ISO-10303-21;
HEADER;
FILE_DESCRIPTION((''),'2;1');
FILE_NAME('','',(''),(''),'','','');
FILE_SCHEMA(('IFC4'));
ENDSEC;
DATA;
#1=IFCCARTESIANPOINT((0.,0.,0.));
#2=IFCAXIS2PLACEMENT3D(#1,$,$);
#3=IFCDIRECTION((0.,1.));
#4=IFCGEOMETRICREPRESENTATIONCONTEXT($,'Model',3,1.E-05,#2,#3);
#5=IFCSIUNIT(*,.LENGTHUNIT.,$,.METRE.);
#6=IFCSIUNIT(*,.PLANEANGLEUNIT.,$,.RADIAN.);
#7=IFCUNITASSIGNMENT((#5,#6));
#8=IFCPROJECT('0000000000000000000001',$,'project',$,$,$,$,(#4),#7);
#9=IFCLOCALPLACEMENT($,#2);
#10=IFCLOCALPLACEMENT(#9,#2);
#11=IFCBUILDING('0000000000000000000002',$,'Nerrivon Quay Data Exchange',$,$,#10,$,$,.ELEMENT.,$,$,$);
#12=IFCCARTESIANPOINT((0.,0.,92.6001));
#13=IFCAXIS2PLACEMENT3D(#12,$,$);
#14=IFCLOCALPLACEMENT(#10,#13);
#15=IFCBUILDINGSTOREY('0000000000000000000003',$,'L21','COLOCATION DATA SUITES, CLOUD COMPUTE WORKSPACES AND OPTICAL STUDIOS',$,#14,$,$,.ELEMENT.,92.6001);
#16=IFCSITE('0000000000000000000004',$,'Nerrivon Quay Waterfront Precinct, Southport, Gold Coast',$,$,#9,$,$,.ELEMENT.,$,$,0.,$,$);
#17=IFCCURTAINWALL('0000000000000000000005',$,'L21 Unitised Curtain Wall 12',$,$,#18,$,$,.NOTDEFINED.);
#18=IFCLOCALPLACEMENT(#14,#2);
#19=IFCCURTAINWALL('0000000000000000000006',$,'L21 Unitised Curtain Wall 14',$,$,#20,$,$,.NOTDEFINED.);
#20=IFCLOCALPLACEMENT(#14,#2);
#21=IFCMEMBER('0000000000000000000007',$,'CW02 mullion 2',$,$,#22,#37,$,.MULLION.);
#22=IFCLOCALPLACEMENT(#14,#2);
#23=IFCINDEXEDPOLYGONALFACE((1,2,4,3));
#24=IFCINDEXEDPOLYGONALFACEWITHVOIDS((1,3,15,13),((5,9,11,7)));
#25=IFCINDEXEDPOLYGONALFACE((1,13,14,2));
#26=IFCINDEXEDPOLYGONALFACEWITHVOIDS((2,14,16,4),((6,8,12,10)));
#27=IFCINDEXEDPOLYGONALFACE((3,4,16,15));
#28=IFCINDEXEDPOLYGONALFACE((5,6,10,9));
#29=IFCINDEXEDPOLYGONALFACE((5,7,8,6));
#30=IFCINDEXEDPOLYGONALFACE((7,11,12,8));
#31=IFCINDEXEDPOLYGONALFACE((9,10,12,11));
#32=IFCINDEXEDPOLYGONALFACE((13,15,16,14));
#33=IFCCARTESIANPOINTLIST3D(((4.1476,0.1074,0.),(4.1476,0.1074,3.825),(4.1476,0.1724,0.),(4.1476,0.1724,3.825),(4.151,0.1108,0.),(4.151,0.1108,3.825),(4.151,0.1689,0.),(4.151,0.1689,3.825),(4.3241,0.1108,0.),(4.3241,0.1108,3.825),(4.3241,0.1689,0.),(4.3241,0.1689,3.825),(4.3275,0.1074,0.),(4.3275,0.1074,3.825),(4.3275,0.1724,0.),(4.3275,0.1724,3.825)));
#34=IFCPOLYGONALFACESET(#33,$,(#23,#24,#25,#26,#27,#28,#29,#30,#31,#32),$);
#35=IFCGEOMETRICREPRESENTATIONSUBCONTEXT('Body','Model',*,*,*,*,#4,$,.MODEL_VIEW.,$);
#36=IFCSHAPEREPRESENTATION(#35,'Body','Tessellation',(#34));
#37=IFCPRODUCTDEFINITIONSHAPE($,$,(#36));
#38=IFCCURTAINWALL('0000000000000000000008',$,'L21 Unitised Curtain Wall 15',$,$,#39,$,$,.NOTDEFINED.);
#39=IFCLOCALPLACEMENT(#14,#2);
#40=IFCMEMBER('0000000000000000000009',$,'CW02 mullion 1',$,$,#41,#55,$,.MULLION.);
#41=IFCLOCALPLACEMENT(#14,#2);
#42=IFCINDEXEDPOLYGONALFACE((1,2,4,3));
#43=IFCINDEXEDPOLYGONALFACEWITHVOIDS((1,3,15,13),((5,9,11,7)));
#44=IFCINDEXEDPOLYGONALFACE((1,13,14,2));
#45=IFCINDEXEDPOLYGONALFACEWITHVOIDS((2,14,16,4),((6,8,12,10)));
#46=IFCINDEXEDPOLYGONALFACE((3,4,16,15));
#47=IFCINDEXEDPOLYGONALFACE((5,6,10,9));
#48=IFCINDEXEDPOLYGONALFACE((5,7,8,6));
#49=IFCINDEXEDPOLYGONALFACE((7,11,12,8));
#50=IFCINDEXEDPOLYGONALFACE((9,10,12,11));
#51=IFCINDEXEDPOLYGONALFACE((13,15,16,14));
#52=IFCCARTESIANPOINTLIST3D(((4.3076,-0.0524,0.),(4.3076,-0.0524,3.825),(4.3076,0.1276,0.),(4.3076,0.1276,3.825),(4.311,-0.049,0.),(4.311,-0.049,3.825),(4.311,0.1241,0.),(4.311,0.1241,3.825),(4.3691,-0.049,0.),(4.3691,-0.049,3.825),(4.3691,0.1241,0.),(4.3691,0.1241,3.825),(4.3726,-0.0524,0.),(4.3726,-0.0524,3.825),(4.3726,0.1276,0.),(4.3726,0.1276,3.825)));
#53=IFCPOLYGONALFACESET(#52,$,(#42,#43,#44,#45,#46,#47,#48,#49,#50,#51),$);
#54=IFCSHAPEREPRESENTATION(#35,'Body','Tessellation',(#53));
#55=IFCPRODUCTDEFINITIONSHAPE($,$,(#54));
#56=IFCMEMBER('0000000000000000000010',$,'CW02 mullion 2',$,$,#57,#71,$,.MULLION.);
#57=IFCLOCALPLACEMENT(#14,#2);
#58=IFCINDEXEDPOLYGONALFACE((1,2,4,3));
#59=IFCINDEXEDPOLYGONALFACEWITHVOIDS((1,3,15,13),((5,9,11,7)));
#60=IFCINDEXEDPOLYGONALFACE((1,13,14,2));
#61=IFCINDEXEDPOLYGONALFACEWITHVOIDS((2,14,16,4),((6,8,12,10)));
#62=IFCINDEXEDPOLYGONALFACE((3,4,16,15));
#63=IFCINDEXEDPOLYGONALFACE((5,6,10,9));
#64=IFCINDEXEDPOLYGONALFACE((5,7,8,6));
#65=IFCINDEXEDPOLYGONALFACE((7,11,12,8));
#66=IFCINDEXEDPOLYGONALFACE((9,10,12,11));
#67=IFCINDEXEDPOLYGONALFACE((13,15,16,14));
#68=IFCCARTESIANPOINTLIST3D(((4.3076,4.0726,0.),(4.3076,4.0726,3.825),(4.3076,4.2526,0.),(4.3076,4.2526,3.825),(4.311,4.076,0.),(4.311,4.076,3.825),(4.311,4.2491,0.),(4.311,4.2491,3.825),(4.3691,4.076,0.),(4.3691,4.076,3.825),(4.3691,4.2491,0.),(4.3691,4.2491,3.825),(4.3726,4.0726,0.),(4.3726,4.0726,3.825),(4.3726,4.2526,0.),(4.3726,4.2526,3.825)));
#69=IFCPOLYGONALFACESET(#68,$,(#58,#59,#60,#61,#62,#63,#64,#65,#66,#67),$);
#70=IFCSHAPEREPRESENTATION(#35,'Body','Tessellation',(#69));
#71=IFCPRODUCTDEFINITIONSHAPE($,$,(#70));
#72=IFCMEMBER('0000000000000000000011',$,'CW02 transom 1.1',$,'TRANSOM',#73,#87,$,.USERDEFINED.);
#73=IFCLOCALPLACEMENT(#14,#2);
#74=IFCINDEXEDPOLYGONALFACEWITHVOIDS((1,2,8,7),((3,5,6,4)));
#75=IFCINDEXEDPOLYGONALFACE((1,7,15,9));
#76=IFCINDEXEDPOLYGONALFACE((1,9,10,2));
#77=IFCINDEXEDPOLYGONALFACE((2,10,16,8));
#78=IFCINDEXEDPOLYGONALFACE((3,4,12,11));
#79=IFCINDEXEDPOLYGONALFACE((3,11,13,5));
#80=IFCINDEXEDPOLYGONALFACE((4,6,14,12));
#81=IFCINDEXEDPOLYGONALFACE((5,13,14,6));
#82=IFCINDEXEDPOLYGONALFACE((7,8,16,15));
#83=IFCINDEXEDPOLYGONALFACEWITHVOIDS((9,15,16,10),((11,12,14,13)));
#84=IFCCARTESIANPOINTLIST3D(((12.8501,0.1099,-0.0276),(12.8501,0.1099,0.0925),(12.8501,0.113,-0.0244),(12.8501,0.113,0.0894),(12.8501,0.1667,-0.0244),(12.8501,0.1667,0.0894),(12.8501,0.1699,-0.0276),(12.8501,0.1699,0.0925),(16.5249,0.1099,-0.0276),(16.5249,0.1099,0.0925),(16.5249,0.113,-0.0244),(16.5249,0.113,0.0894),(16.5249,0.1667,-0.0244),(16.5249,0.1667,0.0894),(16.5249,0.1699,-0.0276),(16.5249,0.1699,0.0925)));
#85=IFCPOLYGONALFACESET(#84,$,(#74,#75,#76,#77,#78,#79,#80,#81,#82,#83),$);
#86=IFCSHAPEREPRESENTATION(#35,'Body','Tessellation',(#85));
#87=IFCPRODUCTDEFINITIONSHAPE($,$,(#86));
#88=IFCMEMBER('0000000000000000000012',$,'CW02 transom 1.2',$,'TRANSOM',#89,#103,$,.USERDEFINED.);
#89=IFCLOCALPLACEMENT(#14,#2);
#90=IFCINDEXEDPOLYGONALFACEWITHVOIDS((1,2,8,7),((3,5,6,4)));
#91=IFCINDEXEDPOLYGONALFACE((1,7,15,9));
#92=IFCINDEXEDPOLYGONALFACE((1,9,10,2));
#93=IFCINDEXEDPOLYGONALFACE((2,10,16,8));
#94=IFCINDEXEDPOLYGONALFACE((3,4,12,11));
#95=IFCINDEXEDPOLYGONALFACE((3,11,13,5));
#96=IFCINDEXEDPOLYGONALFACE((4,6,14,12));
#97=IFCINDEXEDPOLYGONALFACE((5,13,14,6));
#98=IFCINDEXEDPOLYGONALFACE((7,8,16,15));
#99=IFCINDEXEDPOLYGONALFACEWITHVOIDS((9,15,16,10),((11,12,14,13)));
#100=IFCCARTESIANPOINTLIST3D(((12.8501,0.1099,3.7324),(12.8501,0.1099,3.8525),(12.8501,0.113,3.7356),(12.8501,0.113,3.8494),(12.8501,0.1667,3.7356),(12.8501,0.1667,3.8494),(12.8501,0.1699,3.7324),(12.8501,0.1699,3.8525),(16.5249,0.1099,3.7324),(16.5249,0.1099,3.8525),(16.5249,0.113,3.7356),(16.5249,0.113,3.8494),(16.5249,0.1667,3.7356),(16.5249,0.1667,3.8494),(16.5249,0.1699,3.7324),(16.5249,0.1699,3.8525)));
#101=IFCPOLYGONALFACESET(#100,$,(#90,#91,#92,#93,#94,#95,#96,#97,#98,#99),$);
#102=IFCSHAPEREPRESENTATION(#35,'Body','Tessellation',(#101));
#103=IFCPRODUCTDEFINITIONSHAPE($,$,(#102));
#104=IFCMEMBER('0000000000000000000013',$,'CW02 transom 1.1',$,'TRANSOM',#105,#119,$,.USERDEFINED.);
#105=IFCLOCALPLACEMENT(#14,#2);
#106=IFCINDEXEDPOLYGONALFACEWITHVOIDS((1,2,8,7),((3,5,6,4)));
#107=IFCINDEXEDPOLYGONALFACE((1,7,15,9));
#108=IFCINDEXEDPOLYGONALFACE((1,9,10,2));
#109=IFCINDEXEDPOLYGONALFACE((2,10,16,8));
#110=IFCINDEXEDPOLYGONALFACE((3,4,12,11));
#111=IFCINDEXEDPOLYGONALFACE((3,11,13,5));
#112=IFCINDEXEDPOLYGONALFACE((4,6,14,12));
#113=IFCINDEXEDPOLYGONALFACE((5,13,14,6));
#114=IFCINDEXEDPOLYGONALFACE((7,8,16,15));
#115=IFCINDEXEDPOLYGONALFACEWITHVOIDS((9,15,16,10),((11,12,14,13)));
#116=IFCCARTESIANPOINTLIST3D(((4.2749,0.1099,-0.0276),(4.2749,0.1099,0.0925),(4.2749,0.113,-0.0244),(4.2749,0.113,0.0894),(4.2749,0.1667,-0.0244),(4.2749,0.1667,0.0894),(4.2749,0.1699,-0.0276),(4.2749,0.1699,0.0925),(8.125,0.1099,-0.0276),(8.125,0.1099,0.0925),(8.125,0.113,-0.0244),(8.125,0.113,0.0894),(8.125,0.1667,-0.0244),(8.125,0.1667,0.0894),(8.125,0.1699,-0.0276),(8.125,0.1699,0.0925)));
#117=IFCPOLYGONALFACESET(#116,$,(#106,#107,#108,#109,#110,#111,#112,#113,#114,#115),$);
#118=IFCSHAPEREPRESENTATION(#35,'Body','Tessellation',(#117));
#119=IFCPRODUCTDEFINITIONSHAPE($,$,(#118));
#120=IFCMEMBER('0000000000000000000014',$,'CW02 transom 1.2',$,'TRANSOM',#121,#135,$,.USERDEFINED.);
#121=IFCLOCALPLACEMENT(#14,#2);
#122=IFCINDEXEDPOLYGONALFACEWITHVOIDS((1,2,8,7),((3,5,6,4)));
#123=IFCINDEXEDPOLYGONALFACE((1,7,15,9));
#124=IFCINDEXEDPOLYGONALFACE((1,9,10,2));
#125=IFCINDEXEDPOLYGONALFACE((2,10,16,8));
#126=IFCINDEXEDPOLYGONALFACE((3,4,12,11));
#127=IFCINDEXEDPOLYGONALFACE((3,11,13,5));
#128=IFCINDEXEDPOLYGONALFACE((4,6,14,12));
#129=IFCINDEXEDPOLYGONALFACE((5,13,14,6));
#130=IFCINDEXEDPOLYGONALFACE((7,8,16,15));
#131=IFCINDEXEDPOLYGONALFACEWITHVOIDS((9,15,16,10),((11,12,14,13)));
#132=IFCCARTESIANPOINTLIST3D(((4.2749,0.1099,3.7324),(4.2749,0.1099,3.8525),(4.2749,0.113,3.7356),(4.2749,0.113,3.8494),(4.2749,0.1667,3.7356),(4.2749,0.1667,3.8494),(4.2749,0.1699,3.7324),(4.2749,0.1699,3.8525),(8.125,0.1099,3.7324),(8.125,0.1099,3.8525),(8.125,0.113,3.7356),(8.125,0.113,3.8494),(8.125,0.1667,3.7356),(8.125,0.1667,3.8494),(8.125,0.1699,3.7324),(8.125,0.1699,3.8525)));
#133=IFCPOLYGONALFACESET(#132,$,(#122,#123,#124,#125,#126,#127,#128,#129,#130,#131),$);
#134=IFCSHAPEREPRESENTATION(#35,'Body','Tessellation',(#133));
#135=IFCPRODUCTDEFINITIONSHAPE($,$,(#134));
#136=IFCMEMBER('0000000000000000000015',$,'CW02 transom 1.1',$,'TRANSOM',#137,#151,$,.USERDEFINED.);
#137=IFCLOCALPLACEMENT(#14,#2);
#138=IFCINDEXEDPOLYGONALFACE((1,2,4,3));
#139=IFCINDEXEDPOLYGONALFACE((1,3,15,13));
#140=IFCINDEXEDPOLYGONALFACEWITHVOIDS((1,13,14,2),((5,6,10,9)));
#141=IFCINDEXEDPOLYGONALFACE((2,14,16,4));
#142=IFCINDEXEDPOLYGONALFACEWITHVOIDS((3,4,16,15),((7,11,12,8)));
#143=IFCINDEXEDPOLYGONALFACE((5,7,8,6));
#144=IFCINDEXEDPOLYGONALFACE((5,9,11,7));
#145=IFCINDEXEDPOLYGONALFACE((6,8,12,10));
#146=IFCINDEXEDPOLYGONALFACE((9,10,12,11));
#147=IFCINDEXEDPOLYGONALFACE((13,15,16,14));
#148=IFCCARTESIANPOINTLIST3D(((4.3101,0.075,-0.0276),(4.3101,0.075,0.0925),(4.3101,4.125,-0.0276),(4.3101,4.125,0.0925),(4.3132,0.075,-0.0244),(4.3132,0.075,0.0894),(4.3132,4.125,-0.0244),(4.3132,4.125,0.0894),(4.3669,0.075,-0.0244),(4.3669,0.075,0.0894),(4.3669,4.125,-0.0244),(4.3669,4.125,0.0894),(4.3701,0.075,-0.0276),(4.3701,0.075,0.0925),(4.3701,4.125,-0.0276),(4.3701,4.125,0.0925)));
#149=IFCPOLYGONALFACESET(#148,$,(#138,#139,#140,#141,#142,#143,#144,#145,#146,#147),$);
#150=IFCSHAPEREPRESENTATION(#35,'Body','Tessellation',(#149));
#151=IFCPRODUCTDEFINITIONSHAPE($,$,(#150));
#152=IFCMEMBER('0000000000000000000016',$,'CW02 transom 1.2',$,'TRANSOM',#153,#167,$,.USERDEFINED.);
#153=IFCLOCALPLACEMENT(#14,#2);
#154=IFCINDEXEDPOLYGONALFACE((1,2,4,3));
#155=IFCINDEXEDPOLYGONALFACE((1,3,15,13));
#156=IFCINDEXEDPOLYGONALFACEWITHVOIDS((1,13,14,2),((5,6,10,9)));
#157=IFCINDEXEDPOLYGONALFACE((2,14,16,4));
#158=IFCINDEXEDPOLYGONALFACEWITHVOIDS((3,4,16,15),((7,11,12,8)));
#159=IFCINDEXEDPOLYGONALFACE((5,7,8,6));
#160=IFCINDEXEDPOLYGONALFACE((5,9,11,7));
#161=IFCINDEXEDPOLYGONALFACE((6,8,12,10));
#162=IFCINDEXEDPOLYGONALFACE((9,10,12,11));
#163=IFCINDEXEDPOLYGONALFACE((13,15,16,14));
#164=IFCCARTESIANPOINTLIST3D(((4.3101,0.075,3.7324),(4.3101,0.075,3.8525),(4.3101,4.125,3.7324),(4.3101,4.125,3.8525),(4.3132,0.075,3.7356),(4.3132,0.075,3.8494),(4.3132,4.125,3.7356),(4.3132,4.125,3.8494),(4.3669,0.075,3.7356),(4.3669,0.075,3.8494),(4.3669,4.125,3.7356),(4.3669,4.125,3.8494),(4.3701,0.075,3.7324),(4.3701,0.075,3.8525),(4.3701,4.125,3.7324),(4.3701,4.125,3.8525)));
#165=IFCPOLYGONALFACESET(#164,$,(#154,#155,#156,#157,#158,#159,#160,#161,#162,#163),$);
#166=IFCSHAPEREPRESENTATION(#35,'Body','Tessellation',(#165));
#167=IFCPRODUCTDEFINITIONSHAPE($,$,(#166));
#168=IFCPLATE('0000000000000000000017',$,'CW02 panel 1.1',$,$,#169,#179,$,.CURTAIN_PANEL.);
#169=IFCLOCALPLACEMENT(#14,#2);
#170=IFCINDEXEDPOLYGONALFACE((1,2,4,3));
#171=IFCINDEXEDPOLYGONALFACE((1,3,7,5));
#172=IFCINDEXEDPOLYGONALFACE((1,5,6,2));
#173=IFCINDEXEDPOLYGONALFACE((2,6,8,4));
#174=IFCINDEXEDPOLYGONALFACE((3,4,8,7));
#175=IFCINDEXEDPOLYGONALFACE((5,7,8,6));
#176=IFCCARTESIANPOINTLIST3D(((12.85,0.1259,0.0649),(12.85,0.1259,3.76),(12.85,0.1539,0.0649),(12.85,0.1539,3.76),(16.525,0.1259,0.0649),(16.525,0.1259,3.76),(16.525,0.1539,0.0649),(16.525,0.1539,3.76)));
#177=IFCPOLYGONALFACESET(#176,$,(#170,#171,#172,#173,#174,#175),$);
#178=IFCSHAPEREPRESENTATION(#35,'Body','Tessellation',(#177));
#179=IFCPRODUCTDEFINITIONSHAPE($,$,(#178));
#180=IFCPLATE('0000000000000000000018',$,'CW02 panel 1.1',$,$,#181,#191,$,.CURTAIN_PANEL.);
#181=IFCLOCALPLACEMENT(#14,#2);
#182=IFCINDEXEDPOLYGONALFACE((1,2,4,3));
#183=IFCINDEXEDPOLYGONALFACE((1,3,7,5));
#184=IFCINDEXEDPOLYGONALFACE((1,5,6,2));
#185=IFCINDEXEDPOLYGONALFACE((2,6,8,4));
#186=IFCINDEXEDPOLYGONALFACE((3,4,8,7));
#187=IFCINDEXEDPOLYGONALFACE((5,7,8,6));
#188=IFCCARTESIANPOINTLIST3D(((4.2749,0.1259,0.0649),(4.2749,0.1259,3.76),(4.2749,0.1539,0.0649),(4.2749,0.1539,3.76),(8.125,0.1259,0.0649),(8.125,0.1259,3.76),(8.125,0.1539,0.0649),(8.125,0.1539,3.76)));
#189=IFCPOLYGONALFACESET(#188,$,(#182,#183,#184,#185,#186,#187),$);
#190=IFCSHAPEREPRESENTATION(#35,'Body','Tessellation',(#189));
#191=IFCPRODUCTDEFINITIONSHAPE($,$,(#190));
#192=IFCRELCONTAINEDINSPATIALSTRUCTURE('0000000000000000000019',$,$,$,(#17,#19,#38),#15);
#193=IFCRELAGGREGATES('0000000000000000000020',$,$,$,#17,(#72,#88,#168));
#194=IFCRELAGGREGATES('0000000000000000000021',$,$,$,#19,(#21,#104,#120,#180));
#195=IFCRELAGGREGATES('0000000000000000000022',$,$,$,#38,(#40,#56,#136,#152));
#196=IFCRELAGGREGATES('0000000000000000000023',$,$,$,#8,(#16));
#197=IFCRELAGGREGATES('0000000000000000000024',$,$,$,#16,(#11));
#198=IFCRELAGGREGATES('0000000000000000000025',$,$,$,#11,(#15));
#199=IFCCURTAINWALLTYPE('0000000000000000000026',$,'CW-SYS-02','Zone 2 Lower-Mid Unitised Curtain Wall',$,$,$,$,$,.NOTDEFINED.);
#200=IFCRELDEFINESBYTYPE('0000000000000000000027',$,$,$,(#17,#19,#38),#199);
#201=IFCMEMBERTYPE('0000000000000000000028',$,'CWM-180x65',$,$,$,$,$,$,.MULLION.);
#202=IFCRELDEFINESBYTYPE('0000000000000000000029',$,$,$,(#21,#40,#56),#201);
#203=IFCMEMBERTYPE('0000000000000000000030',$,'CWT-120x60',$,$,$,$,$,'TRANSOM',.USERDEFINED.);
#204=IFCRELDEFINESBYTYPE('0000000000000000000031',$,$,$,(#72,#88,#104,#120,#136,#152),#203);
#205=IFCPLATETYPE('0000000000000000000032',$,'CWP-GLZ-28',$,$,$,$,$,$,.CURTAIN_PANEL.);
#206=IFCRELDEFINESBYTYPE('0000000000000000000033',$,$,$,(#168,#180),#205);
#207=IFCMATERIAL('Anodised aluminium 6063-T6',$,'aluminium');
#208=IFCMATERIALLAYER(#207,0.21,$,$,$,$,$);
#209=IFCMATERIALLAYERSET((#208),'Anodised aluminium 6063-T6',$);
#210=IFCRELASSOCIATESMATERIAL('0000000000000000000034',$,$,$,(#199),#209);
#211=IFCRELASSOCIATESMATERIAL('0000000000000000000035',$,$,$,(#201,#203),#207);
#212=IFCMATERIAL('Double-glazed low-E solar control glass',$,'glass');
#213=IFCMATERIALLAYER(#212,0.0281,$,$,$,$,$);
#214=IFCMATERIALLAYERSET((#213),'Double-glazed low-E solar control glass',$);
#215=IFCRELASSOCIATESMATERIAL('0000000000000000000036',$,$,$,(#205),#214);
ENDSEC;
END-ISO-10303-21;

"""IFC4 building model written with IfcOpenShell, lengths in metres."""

from ifc_helpers import new_model, si_unit, direction, frame, origin, origin_2d, place, context, subcontext, project, spatial, rectangle, hollow_rectangle, extrude, material, layer, layer_set, material_profile, profile_set, type_object, element, aggregate, save


model = new_model("IFC4")

# Units and contexts
model_context = context("Model", 3, precision=1e-05, world=origin(), true_north=direction((0.0, 1.0)))
body_context = subcontext(model_context, "Body", "Model", "MODEL_VIEW")
ifc_project = project(units=[si_unit("LENGTHUNIT", "METRE"), si_unit("PLANEANGLEUNIT", "RADIAN")], contexts=[model_context])

# Site, building, storey
site_placement = place(None, origin())
site = spatial("IfcSite", under=ifc_project, at=site_placement, Name="Nerrivon Quay Waterfront Precinct, Southport, Gold Coast", CompositionType="ELEMENT", RefElevation=0.0)
building_placement = place(site_placement, origin())
building = spatial("IfcBuilding", under=site, at=building_placement, Name="Nerrivon Quay Data Exchange", CompositionType="ELEMENT")
storey_placement = place(building_placement, frame((0.0, 0.0, 92.6001)))
storey = spatial("IfcBuildingStorey", under=building, at=storey_placement, Name="L21", Description="COLOCATION DATA SUITES, CLOUD COMPUTE WORKSPACES AND OPTICAL STUDIOS", CompositionType="ELEMENT", Elevation=92.6001)

# Curtain walls, members
ifc_material_1 = material(Name="Anodised aluminium 6063-T6", Category="aluminium")
ifc_layer_1 = layer(ifc_material_1, 0.21)
ifc_layer_set_1 = layer_set([ifc_layer_1], Name="Anodised aluminium 6063-T6")
curtain_wall_type = type_object("IfcCurtainWallType", Name="CW-SYS-02", Description="Zone 2 Lower-Mid Unitised Curtain Wall", PredefinedType="NOTDEFINED", material=ifc_layer_set_1)
curtain_wall_1_placement = place(storey_placement, origin())
curtain_wall_1 = element("IfcCurtainWall", 1, at=curtain_wall_1_placement, inside=storey, type_object=curtain_wall_type, Name="L21 Unitised Curtain Wall 12", PredefinedType="NOTDEFINED")
ifc_material_profile_1 = material_profile(ifc_material_1, hollow_rectangle(XDim=0.0649, YDim=0.1799, WallThickness=0.0034, at=origin_2d()), Name="ALU-MULL-180x65")
ifc_profile_set_1 = profile_set([ifc_material_profile_1], Name="Anodised aluminium 6063-T6")
member_type_1 = type_object("IfcMemberType", Name="CWM-180x65", PredefinedType="MULLION", material=ifc_profile_set_1)
curtain_wall_2_placement = place(storey_placement, origin())
curtain_wall_2 = element("IfcCurtainWall", 2, at=curtain_wall_2_placement, inside=storey, type_object=curtain_wall_type, Name="L21 Unitised Curtain Wall 14", PredefinedType="NOTDEFINED")
member_1_placement = place(storey_placement, frame((4.2375, 0.1399, 0.0), z_axis=(0.0, 0.0, 1.0), x_axis=(0.0, -1.0, 0.0)))
member_1 = element("IfcMember", 3, at=member_1_placement, type_object=member_type_1, Name="CW02 mullion 2", PredefinedType="MULLION", context=body_context, shape_type="SweptSolid", body=[
    extrude(hollow_rectangle(XDim=0.0649, YDim=0.1799, WallThickness=0.0034, at=origin_2d()), origin(), (0.0, 0.0, 1.0), 3.825),
])
curtain_wall_3_placement = place(storey_placement, origin())
curtain_wall_3 = element("IfcCurtainWall", 4, at=curtain_wall_3_placement, inside=storey, type_object=curtain_wall_type, Name="L21 Unitised Curtain Wall 15", PredefinedType="NOTDEFINED")
member_2_placement = place(storey_placement, frame((4.3401, 0.0376, 0.0), z_axis=(0.0, 0.0, 1.0), x_axis=(-1.0, 0.0, 0.0)))
member_2 = element("IfcMember", 5, at=member_2_placement, type_object=member_type_1, Name="CW02 mullion 1", PredefinedType="MULLION", context=body_context, shape_type="SweptSolid", body=[
    extrude(hollow_rectangle(XDim=0.0649, YDim=0.1799, WallThickness=0.0034, at=origin_2d()), origin(), (0.0, 0.0, 1.0), 3.825),
])
member_3_placement = place(storey_placement, frame((4.3401, 4.1626, 0.0), z_axis=(0.0, 0.0, 1.0), x_axis=(-1.0, 0.0, 0.0)))
member_3 = element("IfcMember", 6, at=member_3_placement, type_object=member_type_1, Name="CW02 mullion 2", PredefinedType="MULLION", context=body_context, shape_type="SweptSolid", body=[
    extrude(hollow_rectangle(XDim=0.0649, YDim=0.1799, WallThickness=0.0034, at=origin_2d()), origin(), (0.0, 0.0, 1.0), 3.825),
])

# Members
ifc_material_profile_2 = material_profile(ifc_material_1, hollow_rectangle(XDim=0.0601, YDim=0.1201, WallThickness=0.0032, at=origin_2d()), Name="ALU-TRAN-120x60")
ifc_profile_set_2 = profile_set([ifc_material_profile_2], Name="Anodised aluminium 6063-T6")
member_type_2 = type_object("IfcMemberType", Name="CWT-120x60", ElementType="TRANSOM", PredefinedType="USERDEFINED", material=ifc_profile_set_2)
member_4_placement = place(storey_placement, frame((16.5249, 0.1399, 0.0325), z_axis=(-1.0, 0.0, 0.0), x_axis=(0.0, -1.0, 0.0)))
member_4 = element("IfcMember", 7, at=member_4_placement, type_object=member_type_2, Name="CW02 transom 1.1", ObjectType="TRANSOM", PredefinedType="USERDEFINED", context=body_context, shape_type="SweptSolid", body=[
    extrude(hollow_rectangle(XDim=0.0601, YDim=0.1201, WallThickness=0.0032, at=origin_2d()), origin(), (0.0, 0.0, 1.0), 3.6748),
])
member_5_placement = place(storey_placement, frame((16.5249, 0.1399, 3.7925), z_axis=(-1.0, 0.0, 0.0), x_axis=(0.0, -1.0, 0.0)))
member_5 = element("IfcMember", 8, at=member_5_placement, type_object=member_type_2, Name="CW02 transom 1.2", ObjectType="TRANSOM", PredefinedType="USERDEFINED", context=body_context, shape_type="SweptSolid", body=[
    extrude(hollow_rectangle(XDim=0.0601, YDim=0.1201, WallThickness=0.0032, at=origin_2d()), origin(), (0.0, 0.0, 1.0), 3.6748),
])
member_6_placement = place(storey_placement, frame((8.125, 0.1399, 0.0325), z_axis=(-1.0, 0.0, 0.0), x_axis=(0.0, -1.0, 0.0)))
member_6 = element("IfcMember", 9, at=member_6_placement, type_object=member_type_2, Name="CW02 transom 1.1", ObjectType="TRANSOM", PredefinedType="USERDEFINED", context=body_context, shape_type="SweptSolid", body=[
    extrude(hollow_rectangle(XDim=0.0601, YDim=0.1201, WallThickness=0.0032, at=origin_2d()), origin(), (0.0, 0.0, 1.0), 3.8501),
])
member_7_placement = place(storey_placement, frame((8.125, 0.1399, 3.7925), z_axis=(-1.0, 0.0, 0.0), x_axis=(0.0, -1.0, 0.0)))
member_7 = element("IfcMember", 10, at=member_7_placement, type_object=member_type_2, Name="CW02 transom 1.2", ObjectType="TRANSOM", PredefinedType="USERDEFINED", context=body_context, shape_type="SweptSolid", body=[
    extrude(hollow_rectangle(XDim=0.0601, YDim=0.1201, WallThickness=0.0032, at=origin_2d()), origin(), (0.0, 0.0, 1.0), 3.8501),
])
member_8_placement = place(storey_placement, frame((4.3401, 0.075, 0.0325), z_axis=(0.0, 1.0, 0.0), x_axis=(-1.0, 0.0, 0.0)))
member_8 = element("IfcMember", 11, at=member_8_placement, type_object=member_type_2, Name="CW02 transom 1.1", ObjectType="TRANSOM", PredefinedType="USERDEFINED", context=body_context, shape_type="SweptSolid", body=[
    extrude(hollow_rectangle(XDim=0.0601, YDim=0.1201, WallThickness=0.0032, at=origin_2d()), origin(), (0.0, 0.0, 1.0), 4.05),
])
member_9_placement = place(storey_placement, frame((4.3401, 0.075, 3.7925), z_axis=(0.0, 1.0, 0.0), x_axis=(-1.0, 0.0, 0.0)))
member_9 = element("IfcMember", 12, at=member_9_placement, type_object=member_type_2, Name="CW02 transom 1.2", ObjectType="TRANSOM", PredefinedType="USERDEFINED", context=body_context, shape_type="SweptSolid", body=[
    extrude(hollow_rectangle(XDim=0.0601, YDim=0.1201, WallThickness=0.0032, at=origin_2d()), origin(), (0.0, 0.0, 1.0), 4.05),
])

# Plates
ifc_material_2 = material(Name="Double-glazed low-E solar control glass", Category="glass")
ifc_layer_2 = layer(ifc_material_2, 0.0281)
ifc_layer_set_2 = layer_set([ifc_layer_2], Name="Double-glazed low-E solar control glass")
plate_type = type_object("IfcPlateType", Name="CWP-GLZ-28", PredefinedType="CURTAIN_PANEL", material=ifc_layer_set_2)
plate_1_placement = place(storey_placement, frame((14.6875, 0.1399, 0.0649), z_axis=(0.0, 0.0, 1.0), x_axis=(-1.0, 0.0, 0.0)))
plate_1 = element("IfcPlate", 13, at=plate_1_placement, type_object=plate_type, Name="CW02 panel 1.1", PredefinedType="CURTAIN_PANEL", context=body_context, shape_type="SweptSolid", body=[
    extrude(rectangle(XDim=3.675, YDim=0.0281, at=origin_2d()), origin(), (0.0, 0.0, 1.0), 3.6951),
])
aggregate(curtain_wall_1, [member_4, member_5, plate_1])
plate_2_placement = place(storey_placement, frame((6.2, 0.1399, 0.0649), z_axis=(0.0, 0.0, 1.0), x_axis=(-1.0, 0.0, 0.0)))
plate_2 = element("IfcPlate", 14, at=plate_2_placement, type_object=plate_type, Name="CW02 panel 1.1", PredefinedType="CURTAIN_PANEL", context=body_context, shape_type="SweptSolid", body=[
    extrude(rectangle(XDim=3.8501, YDim=0.0281, at=origin_2d()), origin(), (0.0, 0.0, 1.0), 3.6951),
])
aggregate(curtain_wall_2, [member_1, member_6, member_7, plate_2])
aggregate(curtain_wall_3, [member_2, member_3, member_8, member_9])

save(model, "model.ifc")
